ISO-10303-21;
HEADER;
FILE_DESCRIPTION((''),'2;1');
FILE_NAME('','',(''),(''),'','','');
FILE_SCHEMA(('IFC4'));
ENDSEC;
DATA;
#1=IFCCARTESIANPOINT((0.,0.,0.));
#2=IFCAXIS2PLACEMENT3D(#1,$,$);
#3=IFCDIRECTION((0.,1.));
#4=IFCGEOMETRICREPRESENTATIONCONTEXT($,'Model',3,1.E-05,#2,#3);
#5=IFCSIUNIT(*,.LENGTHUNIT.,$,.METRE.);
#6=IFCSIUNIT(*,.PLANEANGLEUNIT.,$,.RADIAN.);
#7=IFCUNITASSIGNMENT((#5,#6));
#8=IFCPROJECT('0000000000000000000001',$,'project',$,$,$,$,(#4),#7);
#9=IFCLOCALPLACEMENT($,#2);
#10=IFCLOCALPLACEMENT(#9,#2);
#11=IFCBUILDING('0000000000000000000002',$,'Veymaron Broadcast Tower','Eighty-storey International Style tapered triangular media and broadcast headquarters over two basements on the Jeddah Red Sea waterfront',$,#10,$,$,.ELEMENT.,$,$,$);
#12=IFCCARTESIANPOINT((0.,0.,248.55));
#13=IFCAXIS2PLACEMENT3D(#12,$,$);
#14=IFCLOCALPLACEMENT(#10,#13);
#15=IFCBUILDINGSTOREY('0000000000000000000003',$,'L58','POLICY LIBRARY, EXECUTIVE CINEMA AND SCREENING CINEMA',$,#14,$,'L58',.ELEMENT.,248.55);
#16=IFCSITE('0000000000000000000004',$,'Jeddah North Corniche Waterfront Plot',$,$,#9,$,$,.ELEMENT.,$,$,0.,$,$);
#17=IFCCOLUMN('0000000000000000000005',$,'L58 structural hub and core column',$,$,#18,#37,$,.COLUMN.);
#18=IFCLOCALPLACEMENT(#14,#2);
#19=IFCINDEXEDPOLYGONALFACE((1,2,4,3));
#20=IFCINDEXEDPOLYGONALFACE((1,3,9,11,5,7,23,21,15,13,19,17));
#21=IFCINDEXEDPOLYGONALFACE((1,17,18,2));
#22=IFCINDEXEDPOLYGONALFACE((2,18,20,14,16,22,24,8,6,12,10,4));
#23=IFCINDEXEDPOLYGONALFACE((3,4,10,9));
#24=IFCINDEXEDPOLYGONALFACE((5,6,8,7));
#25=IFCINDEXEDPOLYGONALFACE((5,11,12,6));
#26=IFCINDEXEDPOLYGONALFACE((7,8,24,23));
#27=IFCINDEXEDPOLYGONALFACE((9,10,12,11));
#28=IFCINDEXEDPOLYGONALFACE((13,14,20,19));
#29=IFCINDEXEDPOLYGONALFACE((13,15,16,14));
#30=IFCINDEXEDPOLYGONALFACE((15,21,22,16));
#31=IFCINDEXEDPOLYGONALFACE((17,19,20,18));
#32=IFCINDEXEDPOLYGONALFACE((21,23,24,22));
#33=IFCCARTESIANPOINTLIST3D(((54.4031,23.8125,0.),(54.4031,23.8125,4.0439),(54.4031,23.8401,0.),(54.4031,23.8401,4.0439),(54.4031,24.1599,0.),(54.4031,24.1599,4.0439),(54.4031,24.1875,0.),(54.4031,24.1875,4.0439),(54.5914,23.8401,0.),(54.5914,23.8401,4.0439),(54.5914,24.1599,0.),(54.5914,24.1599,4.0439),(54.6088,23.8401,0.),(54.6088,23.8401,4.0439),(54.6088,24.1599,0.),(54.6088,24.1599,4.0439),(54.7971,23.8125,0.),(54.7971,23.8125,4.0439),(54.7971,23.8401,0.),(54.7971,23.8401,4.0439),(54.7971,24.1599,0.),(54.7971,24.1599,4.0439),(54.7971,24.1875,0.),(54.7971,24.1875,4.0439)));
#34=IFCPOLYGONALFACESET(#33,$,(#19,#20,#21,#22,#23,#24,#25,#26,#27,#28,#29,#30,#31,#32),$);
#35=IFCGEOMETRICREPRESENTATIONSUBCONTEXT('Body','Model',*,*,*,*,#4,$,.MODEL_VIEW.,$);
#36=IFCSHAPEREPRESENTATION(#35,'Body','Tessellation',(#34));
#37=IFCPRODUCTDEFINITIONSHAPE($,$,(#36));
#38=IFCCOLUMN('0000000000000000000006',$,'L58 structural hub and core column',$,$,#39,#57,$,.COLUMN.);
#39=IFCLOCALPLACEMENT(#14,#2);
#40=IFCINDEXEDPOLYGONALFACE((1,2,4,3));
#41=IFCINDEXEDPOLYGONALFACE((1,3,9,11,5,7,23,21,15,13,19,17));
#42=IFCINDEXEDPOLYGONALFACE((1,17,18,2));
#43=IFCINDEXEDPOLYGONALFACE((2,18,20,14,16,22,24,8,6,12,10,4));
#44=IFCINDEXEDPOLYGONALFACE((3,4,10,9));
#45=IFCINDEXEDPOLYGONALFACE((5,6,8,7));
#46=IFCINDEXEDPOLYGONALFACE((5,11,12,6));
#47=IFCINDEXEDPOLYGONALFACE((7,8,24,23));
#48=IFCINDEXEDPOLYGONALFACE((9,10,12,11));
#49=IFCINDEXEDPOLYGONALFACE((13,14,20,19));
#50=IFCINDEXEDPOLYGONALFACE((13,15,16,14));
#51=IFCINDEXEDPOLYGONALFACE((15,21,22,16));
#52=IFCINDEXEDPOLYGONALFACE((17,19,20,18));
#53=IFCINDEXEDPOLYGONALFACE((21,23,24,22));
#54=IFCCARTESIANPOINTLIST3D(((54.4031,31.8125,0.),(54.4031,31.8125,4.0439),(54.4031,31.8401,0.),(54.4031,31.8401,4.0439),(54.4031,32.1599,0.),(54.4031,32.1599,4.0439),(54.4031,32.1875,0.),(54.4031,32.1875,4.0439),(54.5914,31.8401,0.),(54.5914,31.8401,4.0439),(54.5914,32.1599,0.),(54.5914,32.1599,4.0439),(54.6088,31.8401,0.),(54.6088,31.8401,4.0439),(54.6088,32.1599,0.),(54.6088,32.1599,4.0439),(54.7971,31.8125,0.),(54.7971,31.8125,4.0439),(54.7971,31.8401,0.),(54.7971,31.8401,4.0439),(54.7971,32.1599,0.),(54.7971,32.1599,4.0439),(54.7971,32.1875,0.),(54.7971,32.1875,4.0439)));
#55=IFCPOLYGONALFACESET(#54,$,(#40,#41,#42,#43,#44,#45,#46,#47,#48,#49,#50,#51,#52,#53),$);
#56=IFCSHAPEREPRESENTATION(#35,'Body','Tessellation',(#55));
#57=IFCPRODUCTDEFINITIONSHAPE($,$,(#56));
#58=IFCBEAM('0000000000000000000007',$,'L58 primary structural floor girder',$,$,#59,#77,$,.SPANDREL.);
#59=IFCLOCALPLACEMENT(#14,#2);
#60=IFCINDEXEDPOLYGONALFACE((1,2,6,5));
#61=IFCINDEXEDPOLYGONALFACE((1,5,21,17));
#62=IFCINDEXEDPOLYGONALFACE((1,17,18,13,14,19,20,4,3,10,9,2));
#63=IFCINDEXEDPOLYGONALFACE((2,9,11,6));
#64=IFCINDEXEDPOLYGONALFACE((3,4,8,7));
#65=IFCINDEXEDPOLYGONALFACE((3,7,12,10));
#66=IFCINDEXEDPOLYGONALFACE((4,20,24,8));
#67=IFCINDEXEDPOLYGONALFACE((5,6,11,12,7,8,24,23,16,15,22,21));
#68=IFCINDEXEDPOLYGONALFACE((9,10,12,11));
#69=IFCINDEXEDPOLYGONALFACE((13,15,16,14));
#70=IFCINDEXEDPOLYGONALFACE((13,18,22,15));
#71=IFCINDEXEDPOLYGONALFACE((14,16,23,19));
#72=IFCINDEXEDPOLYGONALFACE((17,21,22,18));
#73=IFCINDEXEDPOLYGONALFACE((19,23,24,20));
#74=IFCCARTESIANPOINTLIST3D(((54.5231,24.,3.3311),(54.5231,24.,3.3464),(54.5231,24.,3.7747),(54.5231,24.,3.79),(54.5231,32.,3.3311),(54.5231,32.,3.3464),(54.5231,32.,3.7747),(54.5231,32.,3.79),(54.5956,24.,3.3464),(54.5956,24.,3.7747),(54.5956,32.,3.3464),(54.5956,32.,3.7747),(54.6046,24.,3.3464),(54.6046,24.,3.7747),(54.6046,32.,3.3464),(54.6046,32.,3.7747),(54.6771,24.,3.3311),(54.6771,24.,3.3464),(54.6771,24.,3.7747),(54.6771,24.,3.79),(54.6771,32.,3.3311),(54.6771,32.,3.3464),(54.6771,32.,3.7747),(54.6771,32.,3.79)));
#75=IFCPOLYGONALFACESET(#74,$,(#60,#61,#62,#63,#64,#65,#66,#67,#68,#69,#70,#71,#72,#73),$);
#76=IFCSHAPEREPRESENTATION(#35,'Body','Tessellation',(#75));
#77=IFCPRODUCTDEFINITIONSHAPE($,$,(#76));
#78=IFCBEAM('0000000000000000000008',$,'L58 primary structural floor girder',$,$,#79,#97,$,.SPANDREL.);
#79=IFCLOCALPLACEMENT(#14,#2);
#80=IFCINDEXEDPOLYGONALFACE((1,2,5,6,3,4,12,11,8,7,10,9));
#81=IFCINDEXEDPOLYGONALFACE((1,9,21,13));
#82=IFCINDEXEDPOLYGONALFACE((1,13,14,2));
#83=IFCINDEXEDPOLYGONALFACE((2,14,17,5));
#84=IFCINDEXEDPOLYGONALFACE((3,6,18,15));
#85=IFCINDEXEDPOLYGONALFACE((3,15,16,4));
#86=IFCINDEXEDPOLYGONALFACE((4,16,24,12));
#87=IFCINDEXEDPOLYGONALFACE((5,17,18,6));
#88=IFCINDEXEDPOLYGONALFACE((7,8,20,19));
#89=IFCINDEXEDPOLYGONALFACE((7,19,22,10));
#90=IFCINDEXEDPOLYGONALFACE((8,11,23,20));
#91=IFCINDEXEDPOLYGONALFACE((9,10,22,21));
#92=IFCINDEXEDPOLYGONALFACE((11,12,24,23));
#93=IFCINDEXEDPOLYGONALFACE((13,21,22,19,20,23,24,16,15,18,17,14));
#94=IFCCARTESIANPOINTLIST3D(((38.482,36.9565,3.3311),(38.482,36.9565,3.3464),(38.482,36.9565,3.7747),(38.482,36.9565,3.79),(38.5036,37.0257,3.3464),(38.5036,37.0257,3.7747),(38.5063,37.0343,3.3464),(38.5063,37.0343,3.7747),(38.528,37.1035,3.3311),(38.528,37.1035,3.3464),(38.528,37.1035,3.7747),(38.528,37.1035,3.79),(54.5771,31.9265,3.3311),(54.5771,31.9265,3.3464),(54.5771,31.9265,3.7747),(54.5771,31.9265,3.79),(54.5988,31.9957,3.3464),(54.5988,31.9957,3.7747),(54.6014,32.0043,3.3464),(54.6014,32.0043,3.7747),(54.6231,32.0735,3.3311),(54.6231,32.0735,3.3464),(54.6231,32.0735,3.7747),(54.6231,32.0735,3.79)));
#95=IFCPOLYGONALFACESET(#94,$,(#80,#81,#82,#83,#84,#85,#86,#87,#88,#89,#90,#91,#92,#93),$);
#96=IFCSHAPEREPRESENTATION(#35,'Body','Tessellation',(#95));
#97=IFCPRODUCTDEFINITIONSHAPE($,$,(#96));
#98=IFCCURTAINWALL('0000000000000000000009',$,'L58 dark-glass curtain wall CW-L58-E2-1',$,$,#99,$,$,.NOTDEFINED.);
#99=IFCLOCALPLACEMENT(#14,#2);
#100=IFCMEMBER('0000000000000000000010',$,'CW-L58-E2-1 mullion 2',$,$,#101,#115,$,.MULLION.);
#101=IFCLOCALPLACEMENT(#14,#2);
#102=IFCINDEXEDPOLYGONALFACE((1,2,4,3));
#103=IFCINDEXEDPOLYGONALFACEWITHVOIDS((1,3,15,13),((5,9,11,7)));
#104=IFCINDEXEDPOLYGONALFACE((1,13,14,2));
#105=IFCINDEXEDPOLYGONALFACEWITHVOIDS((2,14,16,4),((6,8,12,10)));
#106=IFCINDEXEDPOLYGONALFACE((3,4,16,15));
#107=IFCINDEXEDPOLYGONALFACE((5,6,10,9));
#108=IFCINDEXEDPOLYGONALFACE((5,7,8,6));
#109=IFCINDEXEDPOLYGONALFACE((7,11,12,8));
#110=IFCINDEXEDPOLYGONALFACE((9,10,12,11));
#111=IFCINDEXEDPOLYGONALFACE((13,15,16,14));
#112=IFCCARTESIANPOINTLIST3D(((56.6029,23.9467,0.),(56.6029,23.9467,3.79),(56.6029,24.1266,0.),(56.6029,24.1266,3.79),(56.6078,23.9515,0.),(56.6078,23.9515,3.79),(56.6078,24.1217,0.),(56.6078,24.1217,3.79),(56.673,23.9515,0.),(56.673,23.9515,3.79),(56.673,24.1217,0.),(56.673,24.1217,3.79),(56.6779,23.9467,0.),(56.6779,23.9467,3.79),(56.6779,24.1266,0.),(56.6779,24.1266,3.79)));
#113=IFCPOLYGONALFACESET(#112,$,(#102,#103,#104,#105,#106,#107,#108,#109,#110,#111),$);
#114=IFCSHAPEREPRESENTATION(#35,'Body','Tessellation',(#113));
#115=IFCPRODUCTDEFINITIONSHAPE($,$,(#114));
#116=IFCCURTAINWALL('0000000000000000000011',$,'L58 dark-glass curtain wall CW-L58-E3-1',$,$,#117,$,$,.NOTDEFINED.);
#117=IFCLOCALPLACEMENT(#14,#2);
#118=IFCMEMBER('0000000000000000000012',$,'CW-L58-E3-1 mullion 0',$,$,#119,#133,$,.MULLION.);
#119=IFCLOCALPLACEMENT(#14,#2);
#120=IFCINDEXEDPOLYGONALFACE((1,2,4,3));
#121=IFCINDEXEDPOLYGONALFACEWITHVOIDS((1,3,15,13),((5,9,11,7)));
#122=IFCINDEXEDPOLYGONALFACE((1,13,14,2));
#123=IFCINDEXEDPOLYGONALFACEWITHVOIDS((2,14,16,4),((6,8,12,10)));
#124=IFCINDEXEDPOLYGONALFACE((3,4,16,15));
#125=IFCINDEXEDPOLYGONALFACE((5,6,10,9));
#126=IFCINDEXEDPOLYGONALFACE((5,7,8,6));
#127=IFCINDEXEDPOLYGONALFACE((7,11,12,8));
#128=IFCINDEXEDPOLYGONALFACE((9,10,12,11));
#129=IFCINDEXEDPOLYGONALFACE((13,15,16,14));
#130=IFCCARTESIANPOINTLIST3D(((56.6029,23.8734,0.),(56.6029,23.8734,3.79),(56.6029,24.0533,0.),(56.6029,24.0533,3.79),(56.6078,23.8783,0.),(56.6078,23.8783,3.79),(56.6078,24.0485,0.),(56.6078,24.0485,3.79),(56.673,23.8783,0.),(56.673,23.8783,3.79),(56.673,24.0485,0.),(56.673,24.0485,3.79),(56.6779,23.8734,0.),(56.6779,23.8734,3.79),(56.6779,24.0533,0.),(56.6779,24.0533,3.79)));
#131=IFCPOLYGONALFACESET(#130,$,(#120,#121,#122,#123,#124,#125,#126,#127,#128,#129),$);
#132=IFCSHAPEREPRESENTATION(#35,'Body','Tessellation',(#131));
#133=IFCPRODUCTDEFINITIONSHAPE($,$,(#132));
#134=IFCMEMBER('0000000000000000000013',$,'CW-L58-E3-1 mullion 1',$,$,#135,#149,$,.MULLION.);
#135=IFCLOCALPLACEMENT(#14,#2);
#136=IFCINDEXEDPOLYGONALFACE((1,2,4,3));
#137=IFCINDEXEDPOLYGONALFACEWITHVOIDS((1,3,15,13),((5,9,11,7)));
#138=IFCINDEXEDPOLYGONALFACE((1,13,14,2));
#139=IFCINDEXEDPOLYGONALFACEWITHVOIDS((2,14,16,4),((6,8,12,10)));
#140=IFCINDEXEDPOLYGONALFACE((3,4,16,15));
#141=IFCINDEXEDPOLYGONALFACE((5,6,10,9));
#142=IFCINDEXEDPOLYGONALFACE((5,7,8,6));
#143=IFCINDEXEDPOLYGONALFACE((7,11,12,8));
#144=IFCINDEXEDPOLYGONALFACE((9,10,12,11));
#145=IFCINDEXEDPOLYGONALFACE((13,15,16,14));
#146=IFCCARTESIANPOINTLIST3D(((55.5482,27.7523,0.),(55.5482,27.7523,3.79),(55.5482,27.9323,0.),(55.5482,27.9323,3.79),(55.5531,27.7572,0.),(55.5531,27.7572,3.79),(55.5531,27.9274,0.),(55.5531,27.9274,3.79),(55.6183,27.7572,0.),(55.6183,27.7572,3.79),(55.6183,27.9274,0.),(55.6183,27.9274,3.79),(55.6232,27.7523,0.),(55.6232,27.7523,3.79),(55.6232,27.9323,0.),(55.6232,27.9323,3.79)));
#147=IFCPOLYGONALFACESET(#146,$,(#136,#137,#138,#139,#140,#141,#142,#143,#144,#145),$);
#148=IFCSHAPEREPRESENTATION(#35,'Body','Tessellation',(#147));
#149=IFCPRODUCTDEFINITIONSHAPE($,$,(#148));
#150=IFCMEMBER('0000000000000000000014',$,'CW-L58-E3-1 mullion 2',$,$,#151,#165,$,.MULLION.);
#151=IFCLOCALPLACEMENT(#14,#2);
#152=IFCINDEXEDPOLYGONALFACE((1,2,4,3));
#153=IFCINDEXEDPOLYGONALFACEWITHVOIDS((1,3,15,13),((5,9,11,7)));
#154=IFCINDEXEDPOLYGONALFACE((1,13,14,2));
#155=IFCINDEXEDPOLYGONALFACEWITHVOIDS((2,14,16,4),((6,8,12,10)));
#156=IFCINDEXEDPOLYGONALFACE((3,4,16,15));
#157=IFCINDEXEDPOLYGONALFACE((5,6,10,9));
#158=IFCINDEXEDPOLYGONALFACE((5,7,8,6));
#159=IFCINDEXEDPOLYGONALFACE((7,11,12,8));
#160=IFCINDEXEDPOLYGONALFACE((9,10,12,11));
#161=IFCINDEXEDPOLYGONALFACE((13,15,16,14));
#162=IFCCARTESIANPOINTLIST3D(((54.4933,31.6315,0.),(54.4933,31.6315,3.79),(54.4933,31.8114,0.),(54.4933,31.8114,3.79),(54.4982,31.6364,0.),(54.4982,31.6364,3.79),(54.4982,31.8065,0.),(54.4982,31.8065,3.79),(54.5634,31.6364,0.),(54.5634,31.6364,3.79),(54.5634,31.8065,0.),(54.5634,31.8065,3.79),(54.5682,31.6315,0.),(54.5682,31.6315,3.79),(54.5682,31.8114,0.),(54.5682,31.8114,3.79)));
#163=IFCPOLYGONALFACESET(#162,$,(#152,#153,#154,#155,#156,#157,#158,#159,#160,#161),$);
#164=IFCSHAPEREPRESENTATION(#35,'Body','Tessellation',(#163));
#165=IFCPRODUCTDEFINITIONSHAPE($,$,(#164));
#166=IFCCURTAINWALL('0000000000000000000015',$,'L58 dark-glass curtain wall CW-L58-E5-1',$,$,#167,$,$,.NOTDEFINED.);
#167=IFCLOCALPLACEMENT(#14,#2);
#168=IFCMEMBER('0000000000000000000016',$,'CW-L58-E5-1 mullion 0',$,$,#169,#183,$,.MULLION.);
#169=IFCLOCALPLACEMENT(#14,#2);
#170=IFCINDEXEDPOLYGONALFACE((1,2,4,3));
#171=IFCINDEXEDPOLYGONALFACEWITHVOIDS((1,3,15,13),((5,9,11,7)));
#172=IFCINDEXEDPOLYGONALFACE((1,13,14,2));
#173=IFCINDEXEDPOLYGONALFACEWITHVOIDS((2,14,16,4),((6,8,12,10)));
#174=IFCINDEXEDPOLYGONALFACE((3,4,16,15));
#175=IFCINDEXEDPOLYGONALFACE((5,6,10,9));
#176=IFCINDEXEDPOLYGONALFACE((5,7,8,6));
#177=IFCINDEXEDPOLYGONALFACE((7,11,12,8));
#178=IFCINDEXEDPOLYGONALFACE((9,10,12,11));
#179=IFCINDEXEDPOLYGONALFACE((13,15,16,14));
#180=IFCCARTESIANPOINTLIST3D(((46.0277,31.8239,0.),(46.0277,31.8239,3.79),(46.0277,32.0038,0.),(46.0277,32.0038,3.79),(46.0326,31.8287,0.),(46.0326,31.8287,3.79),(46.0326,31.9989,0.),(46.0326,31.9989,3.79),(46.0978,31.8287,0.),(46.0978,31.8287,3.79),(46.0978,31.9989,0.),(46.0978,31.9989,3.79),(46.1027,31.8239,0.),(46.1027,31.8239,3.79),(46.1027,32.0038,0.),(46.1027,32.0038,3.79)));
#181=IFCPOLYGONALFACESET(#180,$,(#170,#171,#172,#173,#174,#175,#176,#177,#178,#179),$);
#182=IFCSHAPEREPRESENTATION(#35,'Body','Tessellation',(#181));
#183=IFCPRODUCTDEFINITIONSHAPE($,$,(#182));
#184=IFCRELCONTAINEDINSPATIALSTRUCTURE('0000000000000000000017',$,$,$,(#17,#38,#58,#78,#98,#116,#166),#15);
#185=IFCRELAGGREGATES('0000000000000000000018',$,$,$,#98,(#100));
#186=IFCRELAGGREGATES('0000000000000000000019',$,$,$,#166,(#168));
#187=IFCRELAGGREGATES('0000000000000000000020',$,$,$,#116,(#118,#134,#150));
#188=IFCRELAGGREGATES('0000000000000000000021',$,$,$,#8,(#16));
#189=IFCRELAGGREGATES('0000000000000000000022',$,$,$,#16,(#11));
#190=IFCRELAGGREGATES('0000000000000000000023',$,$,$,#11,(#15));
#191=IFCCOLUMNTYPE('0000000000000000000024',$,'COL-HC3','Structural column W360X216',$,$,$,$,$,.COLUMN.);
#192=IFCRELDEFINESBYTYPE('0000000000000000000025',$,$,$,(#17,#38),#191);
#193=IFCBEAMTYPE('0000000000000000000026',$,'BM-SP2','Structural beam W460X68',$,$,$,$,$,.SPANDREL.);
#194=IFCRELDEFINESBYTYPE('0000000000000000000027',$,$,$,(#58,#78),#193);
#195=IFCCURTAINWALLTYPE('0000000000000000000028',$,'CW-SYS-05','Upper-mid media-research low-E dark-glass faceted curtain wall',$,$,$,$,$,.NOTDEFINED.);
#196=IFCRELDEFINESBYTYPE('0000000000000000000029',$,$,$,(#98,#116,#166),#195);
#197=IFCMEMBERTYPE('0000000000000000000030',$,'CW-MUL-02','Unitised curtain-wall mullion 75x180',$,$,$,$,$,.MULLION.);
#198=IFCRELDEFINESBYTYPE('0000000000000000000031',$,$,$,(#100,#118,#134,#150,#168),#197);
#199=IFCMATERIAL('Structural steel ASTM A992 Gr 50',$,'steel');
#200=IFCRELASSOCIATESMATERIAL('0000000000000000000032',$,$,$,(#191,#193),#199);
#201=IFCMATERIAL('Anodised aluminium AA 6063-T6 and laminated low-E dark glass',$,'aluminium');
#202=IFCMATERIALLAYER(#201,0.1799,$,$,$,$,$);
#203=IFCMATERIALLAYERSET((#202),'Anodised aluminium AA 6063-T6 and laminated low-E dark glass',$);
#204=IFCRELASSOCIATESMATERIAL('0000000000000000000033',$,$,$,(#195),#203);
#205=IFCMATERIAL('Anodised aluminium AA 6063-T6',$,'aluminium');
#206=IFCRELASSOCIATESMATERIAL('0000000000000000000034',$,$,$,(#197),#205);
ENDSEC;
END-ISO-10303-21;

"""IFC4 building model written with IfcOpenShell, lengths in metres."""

from ifc_helpers import new_model, si_unit, direction, frame, origin, origin_2d, place, context, subcontext, project, spatial, hollow_rectangle, i_section, extrude, material, layer, layer_set, material_profile, profile_set, type_object, element, aggregate, save


model = new_model("IFC4")

# Units and contexts
model_context = context("Model", 3, precision=1e-05, world=origin(), true_north=direction((0.0, 1.0)))
body_context = subcontext(model_context, "Body", "Model", "MODEL_VIEW")
ifc_project = project(units=[si_unit("LENGTHUNIT", "METRE"), si_unit("PLANEANGLEUNIT", "RADIAN")], contexts=[model_context])

# Site, building, storey
site_placement = place(None, origin())
site = spatial("IfcSite", under=ifc_project, at=site_placement, Name="Jeddah North Corniche Waterfront Plot", CompositionType="ELEMENT", RefElevation=0.0)
building_placement = place(site_placement, origin())
building = spatial("IfcBuilding", under=site, at=building_placement, Name="Veymaron Broadcast Tower", Description="Eighty-storey International Style tapered triangular media and broadcast headquarters over two basements on the Jeddah Red Sea waterfront", CompositionType="ELEMENT")
storey_placement = place(building_placement, frame((0.0, 0.0, 248.55)))
storey = spatial("IfcBuildingStorey", under=building, at=storey_placement, Name="L58", Description="POLICY LIBRARY, EXECUTIVE CINEMA AND SCREENING CINEMA", LongName="L58", CompositionType="ELEMENT", Elevation=248.55)

# Columns
ifc_material_1 = material(Name="Structural steel ASTM A992 Gr 50", Category="steel")
ifc_material_profile_1 = material_profile(ifc_material_1, i_section(OverallWidth=0.394, OverallDepth=0.375, WebThickness=0.0173, FlangeThickness=0.0276, at=origin_2d()), Name="W360X216")
ifc_profile_set_1 = profile_set([ifc_material_profile_1], Name="Structural steel ASTM A992 Gr 50")
column_type = type_object("IfcColumnType", Name="COL-HC3", Description="Structural column W360X216", PredefinedType="COLUMN", material=ifc_profile_set_1)
for number, where, z_axis, x_axis, name in (
    (1, (54.6001, 24.0, 0.0), (0.0, 0.0, 1.0), (1.0, 0.0, 0.0), "L58 structural hub and core column"),
    (2, (54.6001, 32.0, 0.0), (0.0, 0.0, 1.0), (1.0, 0.0, 0.0), "L58 structural hub and core column"),
):
    element("IfcColumn", number, at=place(storey_placement, frame(where, z_axis=z_axis, x_axis=x_axis)), inside=storey, type_object=column_type, Name=name, PredefinedType="COLUMN", context=body_context, shape_type="SweptSolid", body=[
        extrude(i_section(OverallWidth=0.394, OverallDepth=0.375, WebThickness=0.0173, FlangeThickness=0.0276, at=origin_2d()), origin(), (0.0, 0.0, 1.0), 4.0439),
    ])

# Beams
ifc_material_profile_2 = material_profile(ifc_material_1, i_section(OverallWidth=0.1541, OverallDepth=0.459, WebThickness=0.009, FlangeThickness=0.0154, at=origin_2d()), Name="W460X68")
ifc_profile_set_2 = profile_set([ifc_material_profile_2], Name="Structural steel ASTM A992 Gr 50")
beam_type = type_object("IfcBeamType", Name="BM-SP2", Description="Structural beam W460X68", PredefinedType="SPANDREL", material=ifc_profile_set_2)
beam_1_placement = place(storey_placement, frame((54.6001, 24.0, 3.5605), z_axis=(0.0, 1.0, 0.0), x_axis=(-1.0, 0.0, 0.0)))
element("IfcBeam", 3, at=beam_1_placement, inside=storey, type_object=beam_type, Name="L58 primary structural floor girder", PredefinedType="SPANDREL", context=body_context, shape_type="SweptSolid", body=[
    extrude(i_section(OverallWidth=0.1541, OverallDepth=0.459, WebThickness=0.009, FlangeThickness=0.0154, at=origin_2d()), origin(), (0.0, 0.0, 1.0), 8.0),
])
beam_2_placement = place(storey_placement, frame((54.6001, 32.0, 3.5605), z_axis=(-0.954475, 0.29829, 0.0), x_axis=(-0.29829, -0.954475, 0.0)))
element("IfcBeam", 4, at=beam_2_placement, inside=storey, type_object=beam_type, Name="L58 primary structural floor girder", PredefinedType="SPANDREL", context=body_context, shape_type="SweptSolid", body=[
    extrude(i_section(OverallWidth=0.1541, OverallDepth=0.459, WebThickness=0.009, FlangeThickness=0.0154, at=origin_2d()), origin(), (0.0, 0.0, 1.0), 16.8628),
])

# Curtain wall, member
ifc_material_2 = material(Name="Anodised aluminium AA 6063-T6 and laminated low-E dark glass", Category="aluminium")
ifc_layer_1 = layer(ifc_material_2, 0.1799)
ifc_layer_set_1 = layer_set([ifc_layer_1], Name="Anodised aluminium AA 6063-T6 and laminated low-E dark glass")
curtain_wall_type = type_object("IfcCurtainWallType", Name="CW-SYS-05", Description="Upper-mid media-research low-E dark-glass faceted curtain wall", PredefinedType="NOTDEFINED", material=ifc_layer_set_1)
curtain_wall_1_placement = place(storey_placement, origin())
curtain_wall_1 = element("IfcCurtainWall", 5, at=curtain_wall_1_placement, inside=storey, type_object=curtain_wall_type, Name="L58 dark-glass curtain wall CW-L58-E2-1", PredefinedType="NOTDEFINED")
ifc_material_3 = material(Name="Anodised aluminium AA 6063-T6", Category="aluminium")
ifc_material_profile_3 = material_profile(ifc_material_3, hollow_rectangle(XDim=0.075, YDim=0.1799, WallThickness=0.0049, at=origin_2d()), Name="AL180X75X5")
ifc_profile_set_3 = profile_set([ifc_material_profile_3], Name="Anodised aluminium AA 6063-T6")
member_type_1 = type_object("IfcMemberType", Name="CW-MUL-02", Description="Unitised curtain-wall mullion 75x180", PredefinedType="MULLION", material=ifc_profile_set_3)
member_1_placement = place(storey_placement, frame((56.6404, 24.0366, 0.0), z_axis=(0.0, 0.0, 1.0), x_axis=(1.0, 0.0, 0.0)))
member_1 = element("IfcMember", 6, at=member_1_placement, type_object=member_type_1, Name="CW-L58-E2-1 mullion 2", PredefinedType="MULLION", context=body_context, shape_type="SweptSolid", body=[
    extrude(hollow_rectangle(XDim=0.075, YDim=0.1799, WallThickness=0.0049, at=origin_2d()), origin(), (0.0, 0.0, 1.0), 3.79),
])
aggregate(curtain_wall_1, [member_1])

# Curtain wall, members
curtain_wall_2_placement = place(storey_placement, origin())
curtain_wall_2 = element("IfcCurtainWall", 7, at=curtain_wall_2_placement, inside=storey, type_object=curtain_wall_type, Name="L58 dark-glass curtain wall CW-L58-E3-1", PredefinedType="NOTDEFINED")
member_2_placement = place(storey_placement, frame((56.6404, 23.9634, 0.0), z_axis=(0.0, 0.0, 1.0), x_axis=(1.0, 0.0, 0.0)))
member_2 = element("IfcMember", 8, at=member_2_placement, type_object=member_type_1, Name="CW-L58-E3-1 mullion 0", PredefinedType="MULLION", context=body_context, shape_type="SweptSolid", body=[
    extrude(hollow_rectangle(XDim=0.075, YDim=0.1799, WallThickness=0.0049, at=origin_2d()), origin(), (0.0, 0.0, 1.0), 3.79),
])
member_3_placement = place(storey_placement, frame((55.5857, 27.8423, 0.0), z_axis=(0.0, 0.0, 1.0), x_axis=(1.0, 0.0, 0.0)))
member_3 = element("IfcMember", 9, at=member_3_placement, type_object=member_type_1, Name="CW-L58-E3-1 mullion 1", PredefinedType="MULLION", context=body_context, shape_type="SweptSolid", body=[
    extrude(hollow_rectangle(XDim=0.075, YDim=0.1799, WallThickness=0.0049, at=origin_2d()), origin(), (0.0, 0.0, 1.0), 3.79),
])
member_4_placement = place(storey_placement, frame((54.5308, 31.7214, 0.0), z_axis=(0.0, 0.0, 1.0), x_axis=(1.0, 0.0, 0.0)))
member_4 = element("IfcMember", 10, at=member_4_placement, type_object=member_type_1, Name="CW-L58-E3-1 mullion 2", PredefinedType="MULLION", context=body_context, shape_type="SweptSolid", body=[
    extrude(hollow_rectangle(XDim=0.075, YDim=0.1799, WallThickness=0.0049, at=origin_2d()), origin(), (0.0, 0.0, 1.0), 3.79),
])

# Curtain wall, member
curtain_wall_3_placement = place(storey_placement, origin())
curtain_wall_3 = element("IfcCurtainWall", 11, at=curtain_wall_3_placement, inside=storey, type_object=curtain_wall_type, Name="L58 dark-glass curtain wall CW-L58-E5-1", PredefinedType="NOTDEFINED")
member_5_placement = place(storey_placement, frame((46.0652, 31.9138, 0.0), z_axis=(0.0, 0.0, 1.0), x_axis=(1.0, 0.0, 0.0)))
member_5 = element("IfcMember", 12, at=member_5_placement, type_object=member_type_1, Name="CW-L58-E5-1 mullion 0", PredefinedType="MULLION", context=body_context, shape_type="SweptSolid", body=[
    extrude(hollow_rectangle(XDim=0.075, YDim=0.1799, WallThickness=0.0049, at=origin_2d()), origin(), (0.0, 0.0, 1.0), 3.79),
])
aggregate(curtain_wall_3, [member_5])

aggregate(curtain_wall_2, [member_2, member_3, member_4])

save(model, "model.ifc")
